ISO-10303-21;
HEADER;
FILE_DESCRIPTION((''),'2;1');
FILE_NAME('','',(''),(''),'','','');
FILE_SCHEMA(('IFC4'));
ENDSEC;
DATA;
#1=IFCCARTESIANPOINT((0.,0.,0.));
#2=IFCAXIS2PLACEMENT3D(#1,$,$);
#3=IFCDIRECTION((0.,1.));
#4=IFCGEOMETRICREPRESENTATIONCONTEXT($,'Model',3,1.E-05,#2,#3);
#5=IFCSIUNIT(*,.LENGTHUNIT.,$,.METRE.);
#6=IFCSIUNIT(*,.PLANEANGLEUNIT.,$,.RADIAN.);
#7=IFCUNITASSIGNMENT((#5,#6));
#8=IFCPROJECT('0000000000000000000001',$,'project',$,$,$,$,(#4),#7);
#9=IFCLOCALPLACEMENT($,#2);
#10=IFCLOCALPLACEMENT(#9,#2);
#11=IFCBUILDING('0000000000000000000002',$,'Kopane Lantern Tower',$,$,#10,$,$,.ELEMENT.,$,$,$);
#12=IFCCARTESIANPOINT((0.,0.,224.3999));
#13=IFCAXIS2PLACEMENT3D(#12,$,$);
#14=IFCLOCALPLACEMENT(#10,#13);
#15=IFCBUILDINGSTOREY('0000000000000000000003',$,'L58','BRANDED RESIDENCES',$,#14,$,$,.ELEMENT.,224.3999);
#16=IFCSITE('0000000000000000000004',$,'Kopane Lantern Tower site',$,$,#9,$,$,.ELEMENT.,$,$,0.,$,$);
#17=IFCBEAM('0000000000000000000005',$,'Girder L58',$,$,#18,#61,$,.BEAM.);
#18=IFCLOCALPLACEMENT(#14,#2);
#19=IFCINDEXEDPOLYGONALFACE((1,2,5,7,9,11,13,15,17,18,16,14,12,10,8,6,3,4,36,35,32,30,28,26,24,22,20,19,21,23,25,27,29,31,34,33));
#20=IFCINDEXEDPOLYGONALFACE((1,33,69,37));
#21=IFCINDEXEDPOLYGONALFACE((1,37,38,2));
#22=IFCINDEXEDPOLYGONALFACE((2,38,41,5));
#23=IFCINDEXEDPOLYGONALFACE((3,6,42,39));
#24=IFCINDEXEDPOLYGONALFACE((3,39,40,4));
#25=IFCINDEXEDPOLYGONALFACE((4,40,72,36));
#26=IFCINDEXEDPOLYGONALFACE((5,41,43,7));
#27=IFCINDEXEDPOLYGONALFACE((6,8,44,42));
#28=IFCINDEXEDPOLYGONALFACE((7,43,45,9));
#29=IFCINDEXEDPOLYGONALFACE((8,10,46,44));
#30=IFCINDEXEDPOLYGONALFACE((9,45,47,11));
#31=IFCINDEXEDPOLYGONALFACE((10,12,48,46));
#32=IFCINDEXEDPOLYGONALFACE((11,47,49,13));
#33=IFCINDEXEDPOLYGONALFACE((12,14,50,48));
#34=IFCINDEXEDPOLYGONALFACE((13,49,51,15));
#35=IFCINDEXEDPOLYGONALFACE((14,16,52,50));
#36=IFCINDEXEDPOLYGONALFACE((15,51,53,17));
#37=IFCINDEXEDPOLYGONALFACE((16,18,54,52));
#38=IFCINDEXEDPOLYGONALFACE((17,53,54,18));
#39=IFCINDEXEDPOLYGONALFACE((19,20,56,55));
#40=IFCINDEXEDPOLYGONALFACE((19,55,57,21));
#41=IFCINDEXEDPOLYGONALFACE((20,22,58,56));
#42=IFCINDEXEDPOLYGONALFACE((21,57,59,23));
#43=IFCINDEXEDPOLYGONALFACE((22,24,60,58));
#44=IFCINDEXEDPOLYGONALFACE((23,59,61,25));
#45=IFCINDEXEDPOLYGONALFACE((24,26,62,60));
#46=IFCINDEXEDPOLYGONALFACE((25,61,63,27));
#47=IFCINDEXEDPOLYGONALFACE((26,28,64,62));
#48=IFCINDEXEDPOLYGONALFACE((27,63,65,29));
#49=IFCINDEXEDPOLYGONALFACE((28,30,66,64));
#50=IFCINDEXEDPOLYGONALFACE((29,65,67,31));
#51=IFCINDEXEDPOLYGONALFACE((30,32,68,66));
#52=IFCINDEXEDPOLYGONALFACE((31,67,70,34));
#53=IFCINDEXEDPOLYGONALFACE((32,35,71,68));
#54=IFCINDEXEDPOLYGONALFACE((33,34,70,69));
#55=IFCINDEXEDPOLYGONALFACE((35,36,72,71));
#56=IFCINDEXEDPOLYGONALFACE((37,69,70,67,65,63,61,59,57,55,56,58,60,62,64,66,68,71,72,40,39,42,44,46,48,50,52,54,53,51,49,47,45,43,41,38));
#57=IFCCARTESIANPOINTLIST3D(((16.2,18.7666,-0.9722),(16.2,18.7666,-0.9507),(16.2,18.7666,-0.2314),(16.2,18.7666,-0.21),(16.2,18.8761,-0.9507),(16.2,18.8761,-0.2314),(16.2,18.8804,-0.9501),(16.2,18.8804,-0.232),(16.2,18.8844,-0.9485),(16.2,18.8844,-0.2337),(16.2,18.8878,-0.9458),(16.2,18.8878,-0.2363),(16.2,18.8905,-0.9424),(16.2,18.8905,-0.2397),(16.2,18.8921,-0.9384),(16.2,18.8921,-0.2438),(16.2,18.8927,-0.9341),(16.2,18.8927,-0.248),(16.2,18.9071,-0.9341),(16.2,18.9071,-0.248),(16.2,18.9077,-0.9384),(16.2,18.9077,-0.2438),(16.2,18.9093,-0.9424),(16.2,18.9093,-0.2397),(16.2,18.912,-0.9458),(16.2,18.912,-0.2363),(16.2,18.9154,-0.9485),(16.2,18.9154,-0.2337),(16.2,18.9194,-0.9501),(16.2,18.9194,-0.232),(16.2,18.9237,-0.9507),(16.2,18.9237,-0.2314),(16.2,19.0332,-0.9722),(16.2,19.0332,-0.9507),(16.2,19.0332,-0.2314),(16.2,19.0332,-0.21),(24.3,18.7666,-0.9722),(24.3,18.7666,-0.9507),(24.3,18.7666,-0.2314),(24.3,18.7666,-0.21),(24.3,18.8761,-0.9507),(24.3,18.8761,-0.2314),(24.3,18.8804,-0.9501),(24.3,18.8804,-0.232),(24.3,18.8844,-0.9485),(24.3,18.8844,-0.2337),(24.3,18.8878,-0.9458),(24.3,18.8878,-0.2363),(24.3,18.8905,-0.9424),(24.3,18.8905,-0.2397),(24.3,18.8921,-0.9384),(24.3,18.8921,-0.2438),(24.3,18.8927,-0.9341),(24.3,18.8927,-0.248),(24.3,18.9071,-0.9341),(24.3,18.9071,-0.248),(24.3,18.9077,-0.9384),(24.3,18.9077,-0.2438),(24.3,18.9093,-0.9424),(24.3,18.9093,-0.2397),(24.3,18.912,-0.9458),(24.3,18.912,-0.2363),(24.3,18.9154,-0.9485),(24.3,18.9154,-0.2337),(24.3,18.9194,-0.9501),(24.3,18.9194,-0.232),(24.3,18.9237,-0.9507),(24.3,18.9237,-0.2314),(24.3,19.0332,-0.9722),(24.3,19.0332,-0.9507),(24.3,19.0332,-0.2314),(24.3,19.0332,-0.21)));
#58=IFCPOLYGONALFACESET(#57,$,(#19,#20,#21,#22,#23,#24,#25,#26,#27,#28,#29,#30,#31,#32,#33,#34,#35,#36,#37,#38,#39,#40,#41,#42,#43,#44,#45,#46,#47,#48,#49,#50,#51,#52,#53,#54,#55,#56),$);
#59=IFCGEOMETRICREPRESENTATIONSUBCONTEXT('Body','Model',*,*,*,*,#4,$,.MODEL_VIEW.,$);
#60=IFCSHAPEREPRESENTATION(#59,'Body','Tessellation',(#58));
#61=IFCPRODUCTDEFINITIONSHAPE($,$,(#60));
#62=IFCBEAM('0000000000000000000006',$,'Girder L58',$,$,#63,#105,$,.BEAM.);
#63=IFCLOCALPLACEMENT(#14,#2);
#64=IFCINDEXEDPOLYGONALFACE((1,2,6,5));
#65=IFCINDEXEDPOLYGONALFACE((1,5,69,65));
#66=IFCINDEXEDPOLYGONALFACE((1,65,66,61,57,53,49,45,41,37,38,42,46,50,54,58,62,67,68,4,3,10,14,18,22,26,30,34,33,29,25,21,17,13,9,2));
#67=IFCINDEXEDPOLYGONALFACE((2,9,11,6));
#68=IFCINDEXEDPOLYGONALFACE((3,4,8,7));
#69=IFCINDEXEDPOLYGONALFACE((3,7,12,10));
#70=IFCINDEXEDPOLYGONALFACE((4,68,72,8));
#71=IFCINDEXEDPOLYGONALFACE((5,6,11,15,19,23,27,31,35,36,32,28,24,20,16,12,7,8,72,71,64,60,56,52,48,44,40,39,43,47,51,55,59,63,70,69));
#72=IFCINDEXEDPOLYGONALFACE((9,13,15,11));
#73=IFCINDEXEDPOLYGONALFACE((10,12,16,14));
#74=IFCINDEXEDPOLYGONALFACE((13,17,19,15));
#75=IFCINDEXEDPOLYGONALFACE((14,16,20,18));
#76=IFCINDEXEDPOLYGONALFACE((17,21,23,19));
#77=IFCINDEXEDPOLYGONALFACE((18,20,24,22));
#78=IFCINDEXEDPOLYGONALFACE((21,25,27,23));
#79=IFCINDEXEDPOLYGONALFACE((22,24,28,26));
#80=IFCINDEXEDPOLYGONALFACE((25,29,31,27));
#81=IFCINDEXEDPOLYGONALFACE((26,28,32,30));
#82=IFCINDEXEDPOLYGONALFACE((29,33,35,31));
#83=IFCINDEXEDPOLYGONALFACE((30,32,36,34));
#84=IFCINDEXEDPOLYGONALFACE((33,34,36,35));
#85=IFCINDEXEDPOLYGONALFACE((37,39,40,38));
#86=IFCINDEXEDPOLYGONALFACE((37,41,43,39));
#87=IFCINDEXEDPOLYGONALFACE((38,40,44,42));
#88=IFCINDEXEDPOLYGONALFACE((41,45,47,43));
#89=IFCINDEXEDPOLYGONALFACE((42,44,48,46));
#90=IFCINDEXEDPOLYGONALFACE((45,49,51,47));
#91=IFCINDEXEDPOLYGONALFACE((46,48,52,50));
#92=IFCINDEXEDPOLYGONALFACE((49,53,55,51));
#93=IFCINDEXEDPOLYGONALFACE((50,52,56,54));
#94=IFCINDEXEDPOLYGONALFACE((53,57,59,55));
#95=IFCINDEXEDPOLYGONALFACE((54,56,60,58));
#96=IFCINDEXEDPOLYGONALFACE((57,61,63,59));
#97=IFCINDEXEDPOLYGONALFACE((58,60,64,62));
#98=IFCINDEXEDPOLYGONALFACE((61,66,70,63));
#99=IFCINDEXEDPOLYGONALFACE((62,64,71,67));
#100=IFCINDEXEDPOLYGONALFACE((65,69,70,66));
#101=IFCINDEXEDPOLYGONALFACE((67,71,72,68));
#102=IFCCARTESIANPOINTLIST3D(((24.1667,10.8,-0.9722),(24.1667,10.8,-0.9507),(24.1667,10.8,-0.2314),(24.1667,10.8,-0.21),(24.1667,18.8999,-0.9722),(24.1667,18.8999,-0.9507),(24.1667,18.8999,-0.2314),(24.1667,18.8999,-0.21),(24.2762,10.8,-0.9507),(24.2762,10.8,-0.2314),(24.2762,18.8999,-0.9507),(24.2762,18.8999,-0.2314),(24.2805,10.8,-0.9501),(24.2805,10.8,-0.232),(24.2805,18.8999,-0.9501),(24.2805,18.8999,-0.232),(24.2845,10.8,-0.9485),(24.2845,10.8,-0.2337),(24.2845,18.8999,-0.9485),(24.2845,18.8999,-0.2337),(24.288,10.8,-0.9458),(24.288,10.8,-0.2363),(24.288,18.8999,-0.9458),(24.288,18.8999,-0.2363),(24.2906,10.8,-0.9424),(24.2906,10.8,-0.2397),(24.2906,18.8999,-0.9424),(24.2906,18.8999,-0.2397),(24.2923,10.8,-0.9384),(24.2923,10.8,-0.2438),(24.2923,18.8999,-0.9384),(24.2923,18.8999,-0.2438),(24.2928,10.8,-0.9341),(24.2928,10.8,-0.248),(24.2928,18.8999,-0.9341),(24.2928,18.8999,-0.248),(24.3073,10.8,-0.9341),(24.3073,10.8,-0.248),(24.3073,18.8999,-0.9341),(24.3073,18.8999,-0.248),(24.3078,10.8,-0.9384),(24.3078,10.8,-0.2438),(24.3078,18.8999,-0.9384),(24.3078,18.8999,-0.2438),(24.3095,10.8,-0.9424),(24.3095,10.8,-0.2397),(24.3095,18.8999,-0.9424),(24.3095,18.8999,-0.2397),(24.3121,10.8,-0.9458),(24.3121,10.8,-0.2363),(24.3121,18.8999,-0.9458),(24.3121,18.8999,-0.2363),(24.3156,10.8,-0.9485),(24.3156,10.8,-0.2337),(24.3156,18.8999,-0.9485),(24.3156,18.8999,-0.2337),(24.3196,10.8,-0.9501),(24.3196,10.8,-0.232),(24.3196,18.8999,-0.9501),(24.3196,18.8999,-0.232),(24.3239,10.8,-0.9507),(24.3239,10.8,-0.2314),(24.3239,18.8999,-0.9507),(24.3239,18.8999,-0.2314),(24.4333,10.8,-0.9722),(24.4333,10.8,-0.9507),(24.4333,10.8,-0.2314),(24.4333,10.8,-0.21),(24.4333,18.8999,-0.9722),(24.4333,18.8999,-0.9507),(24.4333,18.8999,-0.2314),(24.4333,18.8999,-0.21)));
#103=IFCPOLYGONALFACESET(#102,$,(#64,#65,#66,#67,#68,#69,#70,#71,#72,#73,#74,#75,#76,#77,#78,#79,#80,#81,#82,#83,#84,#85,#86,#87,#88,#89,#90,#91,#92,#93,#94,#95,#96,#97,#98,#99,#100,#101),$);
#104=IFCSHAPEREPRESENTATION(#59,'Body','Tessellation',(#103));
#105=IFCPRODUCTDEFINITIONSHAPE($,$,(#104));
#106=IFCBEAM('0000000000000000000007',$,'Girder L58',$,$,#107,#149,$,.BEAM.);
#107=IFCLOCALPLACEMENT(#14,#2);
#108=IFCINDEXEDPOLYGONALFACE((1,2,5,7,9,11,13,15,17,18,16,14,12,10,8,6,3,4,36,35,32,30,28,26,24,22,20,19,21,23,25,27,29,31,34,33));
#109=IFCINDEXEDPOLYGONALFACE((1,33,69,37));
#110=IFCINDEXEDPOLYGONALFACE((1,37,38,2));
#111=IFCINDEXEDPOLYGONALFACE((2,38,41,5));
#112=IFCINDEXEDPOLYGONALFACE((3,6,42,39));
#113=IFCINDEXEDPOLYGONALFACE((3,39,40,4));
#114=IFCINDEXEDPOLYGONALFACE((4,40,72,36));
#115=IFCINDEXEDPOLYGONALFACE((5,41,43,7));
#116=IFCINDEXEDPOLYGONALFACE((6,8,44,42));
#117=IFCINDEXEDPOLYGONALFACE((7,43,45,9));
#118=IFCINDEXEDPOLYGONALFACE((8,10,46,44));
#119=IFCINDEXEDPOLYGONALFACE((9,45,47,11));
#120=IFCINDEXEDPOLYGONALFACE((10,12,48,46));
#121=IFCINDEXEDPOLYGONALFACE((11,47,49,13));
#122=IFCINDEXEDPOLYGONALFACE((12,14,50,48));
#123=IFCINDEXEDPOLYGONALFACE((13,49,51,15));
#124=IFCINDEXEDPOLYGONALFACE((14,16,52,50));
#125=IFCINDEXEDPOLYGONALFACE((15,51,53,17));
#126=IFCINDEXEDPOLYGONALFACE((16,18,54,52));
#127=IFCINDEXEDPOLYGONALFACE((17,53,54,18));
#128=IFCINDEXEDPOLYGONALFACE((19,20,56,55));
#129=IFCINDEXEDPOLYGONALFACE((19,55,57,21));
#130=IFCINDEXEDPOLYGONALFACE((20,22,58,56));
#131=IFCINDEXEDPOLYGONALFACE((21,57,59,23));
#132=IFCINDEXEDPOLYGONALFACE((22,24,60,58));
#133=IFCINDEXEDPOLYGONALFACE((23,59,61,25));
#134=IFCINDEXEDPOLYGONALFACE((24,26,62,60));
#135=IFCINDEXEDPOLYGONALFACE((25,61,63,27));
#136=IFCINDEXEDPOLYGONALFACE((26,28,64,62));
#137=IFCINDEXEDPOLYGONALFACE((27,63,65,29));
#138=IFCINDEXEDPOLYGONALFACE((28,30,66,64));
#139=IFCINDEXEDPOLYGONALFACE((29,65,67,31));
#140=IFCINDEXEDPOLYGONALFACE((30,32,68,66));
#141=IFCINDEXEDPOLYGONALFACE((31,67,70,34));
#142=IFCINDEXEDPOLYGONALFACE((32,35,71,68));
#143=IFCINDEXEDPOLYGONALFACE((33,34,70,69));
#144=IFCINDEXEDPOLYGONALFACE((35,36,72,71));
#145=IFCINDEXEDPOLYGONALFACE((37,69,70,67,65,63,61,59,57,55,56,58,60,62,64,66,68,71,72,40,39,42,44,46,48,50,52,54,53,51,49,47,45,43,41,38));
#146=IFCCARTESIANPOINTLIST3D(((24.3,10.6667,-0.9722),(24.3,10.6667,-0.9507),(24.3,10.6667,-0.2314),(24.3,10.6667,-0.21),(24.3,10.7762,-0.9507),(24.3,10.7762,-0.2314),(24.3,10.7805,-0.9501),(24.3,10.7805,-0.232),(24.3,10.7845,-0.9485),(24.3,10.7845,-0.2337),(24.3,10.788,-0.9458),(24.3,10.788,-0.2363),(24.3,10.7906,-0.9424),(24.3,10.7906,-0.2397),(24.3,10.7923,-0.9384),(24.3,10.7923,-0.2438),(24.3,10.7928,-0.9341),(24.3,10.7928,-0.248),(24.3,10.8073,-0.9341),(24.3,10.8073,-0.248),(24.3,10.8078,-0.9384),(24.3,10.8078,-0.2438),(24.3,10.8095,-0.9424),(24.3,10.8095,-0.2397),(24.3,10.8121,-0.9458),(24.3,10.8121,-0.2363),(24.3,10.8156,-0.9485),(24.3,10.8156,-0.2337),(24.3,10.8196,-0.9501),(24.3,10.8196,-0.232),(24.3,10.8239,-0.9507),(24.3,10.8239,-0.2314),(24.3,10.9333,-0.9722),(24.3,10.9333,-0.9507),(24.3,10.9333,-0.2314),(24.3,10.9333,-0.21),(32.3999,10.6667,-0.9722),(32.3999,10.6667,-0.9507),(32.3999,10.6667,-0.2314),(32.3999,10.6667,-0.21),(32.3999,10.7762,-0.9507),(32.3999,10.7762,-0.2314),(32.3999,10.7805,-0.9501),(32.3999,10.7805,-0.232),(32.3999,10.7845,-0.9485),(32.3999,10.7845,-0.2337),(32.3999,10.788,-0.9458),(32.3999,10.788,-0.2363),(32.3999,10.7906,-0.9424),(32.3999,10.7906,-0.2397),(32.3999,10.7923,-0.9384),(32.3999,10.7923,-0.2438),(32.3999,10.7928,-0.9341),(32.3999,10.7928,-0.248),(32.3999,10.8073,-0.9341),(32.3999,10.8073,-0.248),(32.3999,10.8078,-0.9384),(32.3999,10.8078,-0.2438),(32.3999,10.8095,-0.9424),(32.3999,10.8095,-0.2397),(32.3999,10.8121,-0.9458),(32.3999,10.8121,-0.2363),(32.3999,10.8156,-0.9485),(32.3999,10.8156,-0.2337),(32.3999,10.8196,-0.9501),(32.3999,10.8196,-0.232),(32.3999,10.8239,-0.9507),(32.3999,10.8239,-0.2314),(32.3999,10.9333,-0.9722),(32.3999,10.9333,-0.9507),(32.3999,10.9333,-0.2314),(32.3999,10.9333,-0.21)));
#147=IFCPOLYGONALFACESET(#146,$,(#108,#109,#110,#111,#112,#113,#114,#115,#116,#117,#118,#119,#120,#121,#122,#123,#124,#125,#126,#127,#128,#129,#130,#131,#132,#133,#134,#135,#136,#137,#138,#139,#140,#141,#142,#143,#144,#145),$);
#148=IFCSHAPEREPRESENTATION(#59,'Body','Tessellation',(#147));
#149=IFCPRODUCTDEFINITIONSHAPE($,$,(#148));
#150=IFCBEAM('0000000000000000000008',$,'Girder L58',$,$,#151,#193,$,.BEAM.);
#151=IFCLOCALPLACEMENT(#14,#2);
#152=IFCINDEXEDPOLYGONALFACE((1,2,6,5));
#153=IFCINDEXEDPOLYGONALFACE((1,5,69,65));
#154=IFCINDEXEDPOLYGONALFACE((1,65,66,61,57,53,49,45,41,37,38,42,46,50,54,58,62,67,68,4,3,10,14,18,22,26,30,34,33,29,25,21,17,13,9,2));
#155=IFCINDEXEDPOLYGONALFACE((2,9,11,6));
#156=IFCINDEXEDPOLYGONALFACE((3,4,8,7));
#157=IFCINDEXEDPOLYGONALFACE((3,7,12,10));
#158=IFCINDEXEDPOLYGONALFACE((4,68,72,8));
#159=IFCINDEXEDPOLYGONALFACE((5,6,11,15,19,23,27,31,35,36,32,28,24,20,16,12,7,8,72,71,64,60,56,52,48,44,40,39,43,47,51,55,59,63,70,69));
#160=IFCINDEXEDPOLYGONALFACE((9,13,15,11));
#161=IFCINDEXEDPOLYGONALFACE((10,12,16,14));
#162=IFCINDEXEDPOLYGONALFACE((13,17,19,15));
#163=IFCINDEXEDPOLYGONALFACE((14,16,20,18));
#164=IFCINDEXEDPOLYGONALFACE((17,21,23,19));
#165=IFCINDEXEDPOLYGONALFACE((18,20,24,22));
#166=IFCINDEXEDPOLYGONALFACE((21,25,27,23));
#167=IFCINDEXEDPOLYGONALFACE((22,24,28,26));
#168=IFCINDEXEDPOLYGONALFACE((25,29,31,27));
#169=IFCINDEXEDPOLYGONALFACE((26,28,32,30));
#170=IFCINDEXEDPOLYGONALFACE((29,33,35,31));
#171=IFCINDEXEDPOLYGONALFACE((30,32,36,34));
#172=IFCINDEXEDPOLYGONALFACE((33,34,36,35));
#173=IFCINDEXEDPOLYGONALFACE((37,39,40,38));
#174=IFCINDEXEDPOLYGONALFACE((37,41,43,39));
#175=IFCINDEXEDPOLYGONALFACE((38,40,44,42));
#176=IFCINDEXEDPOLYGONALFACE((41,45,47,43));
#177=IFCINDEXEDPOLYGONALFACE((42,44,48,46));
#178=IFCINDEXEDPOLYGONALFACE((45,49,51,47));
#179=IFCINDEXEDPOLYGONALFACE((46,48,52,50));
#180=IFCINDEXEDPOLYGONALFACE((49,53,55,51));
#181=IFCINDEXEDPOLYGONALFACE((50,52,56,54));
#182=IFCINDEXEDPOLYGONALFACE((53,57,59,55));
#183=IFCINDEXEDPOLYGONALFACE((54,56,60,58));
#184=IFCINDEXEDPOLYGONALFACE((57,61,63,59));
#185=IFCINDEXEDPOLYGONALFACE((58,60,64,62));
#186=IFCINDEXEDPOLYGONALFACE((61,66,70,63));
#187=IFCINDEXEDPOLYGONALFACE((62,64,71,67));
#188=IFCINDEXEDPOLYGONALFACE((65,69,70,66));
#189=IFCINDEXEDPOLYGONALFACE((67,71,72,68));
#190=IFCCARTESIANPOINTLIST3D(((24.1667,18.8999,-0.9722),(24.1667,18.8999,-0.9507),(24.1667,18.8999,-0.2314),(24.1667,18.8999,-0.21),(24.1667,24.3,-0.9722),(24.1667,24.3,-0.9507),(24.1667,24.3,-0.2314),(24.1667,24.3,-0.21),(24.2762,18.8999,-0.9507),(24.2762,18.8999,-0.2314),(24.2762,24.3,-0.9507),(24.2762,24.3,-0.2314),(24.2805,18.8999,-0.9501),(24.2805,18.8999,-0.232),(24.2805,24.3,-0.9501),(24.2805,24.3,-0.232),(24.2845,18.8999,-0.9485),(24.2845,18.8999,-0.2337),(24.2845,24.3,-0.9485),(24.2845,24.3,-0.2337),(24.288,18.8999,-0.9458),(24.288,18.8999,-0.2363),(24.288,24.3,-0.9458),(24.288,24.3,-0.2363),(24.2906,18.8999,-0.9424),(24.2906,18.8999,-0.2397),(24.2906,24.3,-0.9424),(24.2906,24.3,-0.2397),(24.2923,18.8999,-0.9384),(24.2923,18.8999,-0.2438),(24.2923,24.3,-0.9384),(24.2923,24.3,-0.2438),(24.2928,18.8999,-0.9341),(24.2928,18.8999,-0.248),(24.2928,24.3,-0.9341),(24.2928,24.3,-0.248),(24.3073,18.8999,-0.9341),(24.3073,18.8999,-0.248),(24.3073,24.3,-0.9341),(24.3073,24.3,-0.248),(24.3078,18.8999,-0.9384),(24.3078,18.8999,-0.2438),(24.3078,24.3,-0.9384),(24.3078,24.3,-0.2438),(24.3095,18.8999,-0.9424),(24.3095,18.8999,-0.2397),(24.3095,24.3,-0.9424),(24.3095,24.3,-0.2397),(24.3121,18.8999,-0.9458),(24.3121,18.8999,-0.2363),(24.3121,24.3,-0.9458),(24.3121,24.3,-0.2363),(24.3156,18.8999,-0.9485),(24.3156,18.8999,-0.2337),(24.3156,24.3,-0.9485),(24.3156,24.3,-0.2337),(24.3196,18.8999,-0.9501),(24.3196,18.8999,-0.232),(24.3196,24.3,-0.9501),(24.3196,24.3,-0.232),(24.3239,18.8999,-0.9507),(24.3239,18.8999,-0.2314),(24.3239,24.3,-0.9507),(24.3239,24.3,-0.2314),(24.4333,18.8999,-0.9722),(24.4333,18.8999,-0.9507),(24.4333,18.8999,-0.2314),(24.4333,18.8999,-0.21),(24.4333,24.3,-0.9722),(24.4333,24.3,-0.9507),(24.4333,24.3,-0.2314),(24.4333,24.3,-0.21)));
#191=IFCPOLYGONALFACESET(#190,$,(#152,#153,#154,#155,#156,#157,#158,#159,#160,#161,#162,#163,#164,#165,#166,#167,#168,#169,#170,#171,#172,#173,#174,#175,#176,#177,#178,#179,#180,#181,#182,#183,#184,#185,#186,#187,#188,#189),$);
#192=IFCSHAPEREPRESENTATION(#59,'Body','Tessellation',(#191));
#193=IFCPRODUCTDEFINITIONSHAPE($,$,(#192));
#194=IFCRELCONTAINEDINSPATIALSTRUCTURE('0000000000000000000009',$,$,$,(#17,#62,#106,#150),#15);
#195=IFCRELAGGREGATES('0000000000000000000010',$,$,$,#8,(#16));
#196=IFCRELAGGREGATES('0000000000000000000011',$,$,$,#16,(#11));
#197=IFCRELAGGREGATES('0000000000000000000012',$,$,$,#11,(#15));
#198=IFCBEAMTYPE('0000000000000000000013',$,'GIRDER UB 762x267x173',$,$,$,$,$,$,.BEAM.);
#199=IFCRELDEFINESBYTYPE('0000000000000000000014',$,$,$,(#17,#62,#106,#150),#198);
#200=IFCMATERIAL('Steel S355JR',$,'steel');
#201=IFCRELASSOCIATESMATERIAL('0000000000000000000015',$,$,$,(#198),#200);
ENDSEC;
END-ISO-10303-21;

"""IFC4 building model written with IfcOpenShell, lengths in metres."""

from ifc_helpers import new_model, si_unit, direction, frame, origin, origin_2d, place, context, subcontext, project, spatial, i_section, extrude, material, material_profile, profile_set, type_object, element, save


model = new_model("IFC4")

# Units and contexts
model_context = context("Model", 3, precision=1e-05, world=origin(), true_north=direction((0.0, 1.0)))
body_context = subcontext(model_context, "Body", "Model", "MODEL_VIEW")
ifc_project = project(units=[si_unit("LENGTHUNIT", "METRE"), si_unit("PLANEANGLEUNIT", "RADIAN")], contexts=[model_context])

# Site, building, storey
site_placement = place(None, origin())
site = spatial("IfcSite", under=ifc_project, at=site_placement, Name="Kopane Lantern Tower site", CompositionType="ELEMENT", RefElevation=0.0)
building_placement = place(site_placement, origin())
building = spatial("IfcBuilding", under=site, at=building_placement, Name="Kopane Lantern Tower", CompositionType="ELEMENT")
storey_placement = place(building_placement, frame((0.0, 0.0, 224.3999)))
storey = spatial("IfcBuildingStorey", under=building, at=storey_placement, Name="L58", Description="BRANDED RESIDENCES", CompositionType="ELEMENT", Elevation=224.3999)

# Beams
ifc_material_1 = material(Name="Steel S355JR", Category="steel")
ifc_material_profile_1 = material_profile(ifc_material_1, i_section(OverallWidth=0.2666, OverallDepth=0.7622, WebThickness=0.0144, FlangeThickness=0.0215, FilletRadius=0.0166, at=origin_2d()), Name="UB 762x267x173")
ifc_profile_set_1 = profile_set([ifc_material_profile_1], Name="Steel S355JR")
beam_type = type_object("IfcBeamType", Name="GIRDER UB 762x267x173", PredefinedType="BEAM", material=ifc_profile_set_1)
beam_1_placement = place(storey_placement, frame((16.2, 18.8999, -0.5911), z_axis=(1.0, 0.0, 0.0), x_axis=(0.0, 1.0, 0.0)))
element("IfcBeam", 1, at=beam_1_placement, inside=storey, type_object=beam_type, Name="Girder L58", PredefinedType="BEAM", context=body_context, shape_type="SweptSolid", body=[
    extrude(i_section(OverallWidth=0.2666, OverallDepth=0.7622, WebThickness=0.0144, FlangeThickness=0.0215, FilletRadius=0.0166, at=origin_2d()), origin(), (0.0, 0.0, 1.0), 8.1001),
])
for number, where, z_axis, x_axis, name in (
    (2, (24.3, 10.8, -0.5911), (0.0, 1.0, 0.0), (-1.0, 0.0, 0.0), "Girder L58"),
    (3, (24.3, 10.8, -0.5911), (1.0, 0.0, 0.0), (0.0, 1.0, 0.0), "Girder L58"),
):
    element("IfcBeam", number, at=place(storey_placement, frame(where, z_axis=z_axis, x_axis=x_axis)), inside=storey, type_object=beam_type, Name=name, PredefinedType="BEAM", context=body_context, shape_type="SweptSolid", body=[
        extrude(i_section(OverallWidth=0.2666, OverallDepth=0.7622, WebThickness=0.0144, FlangeThickness=0.0215, FilletRadius=0.0166, at=origin_2d()), origin(), (0.0, 0.0, 1.0), 8.0999),
    ])
beam_2_placement = place(storey_placement, frame((24.3, 18.8999, -0.5911), z_axis=(0.0, 1.0, 0.0), x_axis=(-1.0, 0.0, 0.0)))
element("IfcBeam", 4, at=beam_2_placement, inside=storey, type_object=beam_type, Name="Girder L58", PredefinedType="BEAM", context=body_context, shape_type="SweptSolid", body=[
    extrude(i_section(OverallWidth=0.2666, OverallDepth=0.7622, WebThickness=0.0144, FlangeThickness=0.0215, FilletRadius=0.0166, at=origin_2d()), origin(), (0.0, 0.0, 1.0), 5.4001),
])

save(model, "model.ifc")
